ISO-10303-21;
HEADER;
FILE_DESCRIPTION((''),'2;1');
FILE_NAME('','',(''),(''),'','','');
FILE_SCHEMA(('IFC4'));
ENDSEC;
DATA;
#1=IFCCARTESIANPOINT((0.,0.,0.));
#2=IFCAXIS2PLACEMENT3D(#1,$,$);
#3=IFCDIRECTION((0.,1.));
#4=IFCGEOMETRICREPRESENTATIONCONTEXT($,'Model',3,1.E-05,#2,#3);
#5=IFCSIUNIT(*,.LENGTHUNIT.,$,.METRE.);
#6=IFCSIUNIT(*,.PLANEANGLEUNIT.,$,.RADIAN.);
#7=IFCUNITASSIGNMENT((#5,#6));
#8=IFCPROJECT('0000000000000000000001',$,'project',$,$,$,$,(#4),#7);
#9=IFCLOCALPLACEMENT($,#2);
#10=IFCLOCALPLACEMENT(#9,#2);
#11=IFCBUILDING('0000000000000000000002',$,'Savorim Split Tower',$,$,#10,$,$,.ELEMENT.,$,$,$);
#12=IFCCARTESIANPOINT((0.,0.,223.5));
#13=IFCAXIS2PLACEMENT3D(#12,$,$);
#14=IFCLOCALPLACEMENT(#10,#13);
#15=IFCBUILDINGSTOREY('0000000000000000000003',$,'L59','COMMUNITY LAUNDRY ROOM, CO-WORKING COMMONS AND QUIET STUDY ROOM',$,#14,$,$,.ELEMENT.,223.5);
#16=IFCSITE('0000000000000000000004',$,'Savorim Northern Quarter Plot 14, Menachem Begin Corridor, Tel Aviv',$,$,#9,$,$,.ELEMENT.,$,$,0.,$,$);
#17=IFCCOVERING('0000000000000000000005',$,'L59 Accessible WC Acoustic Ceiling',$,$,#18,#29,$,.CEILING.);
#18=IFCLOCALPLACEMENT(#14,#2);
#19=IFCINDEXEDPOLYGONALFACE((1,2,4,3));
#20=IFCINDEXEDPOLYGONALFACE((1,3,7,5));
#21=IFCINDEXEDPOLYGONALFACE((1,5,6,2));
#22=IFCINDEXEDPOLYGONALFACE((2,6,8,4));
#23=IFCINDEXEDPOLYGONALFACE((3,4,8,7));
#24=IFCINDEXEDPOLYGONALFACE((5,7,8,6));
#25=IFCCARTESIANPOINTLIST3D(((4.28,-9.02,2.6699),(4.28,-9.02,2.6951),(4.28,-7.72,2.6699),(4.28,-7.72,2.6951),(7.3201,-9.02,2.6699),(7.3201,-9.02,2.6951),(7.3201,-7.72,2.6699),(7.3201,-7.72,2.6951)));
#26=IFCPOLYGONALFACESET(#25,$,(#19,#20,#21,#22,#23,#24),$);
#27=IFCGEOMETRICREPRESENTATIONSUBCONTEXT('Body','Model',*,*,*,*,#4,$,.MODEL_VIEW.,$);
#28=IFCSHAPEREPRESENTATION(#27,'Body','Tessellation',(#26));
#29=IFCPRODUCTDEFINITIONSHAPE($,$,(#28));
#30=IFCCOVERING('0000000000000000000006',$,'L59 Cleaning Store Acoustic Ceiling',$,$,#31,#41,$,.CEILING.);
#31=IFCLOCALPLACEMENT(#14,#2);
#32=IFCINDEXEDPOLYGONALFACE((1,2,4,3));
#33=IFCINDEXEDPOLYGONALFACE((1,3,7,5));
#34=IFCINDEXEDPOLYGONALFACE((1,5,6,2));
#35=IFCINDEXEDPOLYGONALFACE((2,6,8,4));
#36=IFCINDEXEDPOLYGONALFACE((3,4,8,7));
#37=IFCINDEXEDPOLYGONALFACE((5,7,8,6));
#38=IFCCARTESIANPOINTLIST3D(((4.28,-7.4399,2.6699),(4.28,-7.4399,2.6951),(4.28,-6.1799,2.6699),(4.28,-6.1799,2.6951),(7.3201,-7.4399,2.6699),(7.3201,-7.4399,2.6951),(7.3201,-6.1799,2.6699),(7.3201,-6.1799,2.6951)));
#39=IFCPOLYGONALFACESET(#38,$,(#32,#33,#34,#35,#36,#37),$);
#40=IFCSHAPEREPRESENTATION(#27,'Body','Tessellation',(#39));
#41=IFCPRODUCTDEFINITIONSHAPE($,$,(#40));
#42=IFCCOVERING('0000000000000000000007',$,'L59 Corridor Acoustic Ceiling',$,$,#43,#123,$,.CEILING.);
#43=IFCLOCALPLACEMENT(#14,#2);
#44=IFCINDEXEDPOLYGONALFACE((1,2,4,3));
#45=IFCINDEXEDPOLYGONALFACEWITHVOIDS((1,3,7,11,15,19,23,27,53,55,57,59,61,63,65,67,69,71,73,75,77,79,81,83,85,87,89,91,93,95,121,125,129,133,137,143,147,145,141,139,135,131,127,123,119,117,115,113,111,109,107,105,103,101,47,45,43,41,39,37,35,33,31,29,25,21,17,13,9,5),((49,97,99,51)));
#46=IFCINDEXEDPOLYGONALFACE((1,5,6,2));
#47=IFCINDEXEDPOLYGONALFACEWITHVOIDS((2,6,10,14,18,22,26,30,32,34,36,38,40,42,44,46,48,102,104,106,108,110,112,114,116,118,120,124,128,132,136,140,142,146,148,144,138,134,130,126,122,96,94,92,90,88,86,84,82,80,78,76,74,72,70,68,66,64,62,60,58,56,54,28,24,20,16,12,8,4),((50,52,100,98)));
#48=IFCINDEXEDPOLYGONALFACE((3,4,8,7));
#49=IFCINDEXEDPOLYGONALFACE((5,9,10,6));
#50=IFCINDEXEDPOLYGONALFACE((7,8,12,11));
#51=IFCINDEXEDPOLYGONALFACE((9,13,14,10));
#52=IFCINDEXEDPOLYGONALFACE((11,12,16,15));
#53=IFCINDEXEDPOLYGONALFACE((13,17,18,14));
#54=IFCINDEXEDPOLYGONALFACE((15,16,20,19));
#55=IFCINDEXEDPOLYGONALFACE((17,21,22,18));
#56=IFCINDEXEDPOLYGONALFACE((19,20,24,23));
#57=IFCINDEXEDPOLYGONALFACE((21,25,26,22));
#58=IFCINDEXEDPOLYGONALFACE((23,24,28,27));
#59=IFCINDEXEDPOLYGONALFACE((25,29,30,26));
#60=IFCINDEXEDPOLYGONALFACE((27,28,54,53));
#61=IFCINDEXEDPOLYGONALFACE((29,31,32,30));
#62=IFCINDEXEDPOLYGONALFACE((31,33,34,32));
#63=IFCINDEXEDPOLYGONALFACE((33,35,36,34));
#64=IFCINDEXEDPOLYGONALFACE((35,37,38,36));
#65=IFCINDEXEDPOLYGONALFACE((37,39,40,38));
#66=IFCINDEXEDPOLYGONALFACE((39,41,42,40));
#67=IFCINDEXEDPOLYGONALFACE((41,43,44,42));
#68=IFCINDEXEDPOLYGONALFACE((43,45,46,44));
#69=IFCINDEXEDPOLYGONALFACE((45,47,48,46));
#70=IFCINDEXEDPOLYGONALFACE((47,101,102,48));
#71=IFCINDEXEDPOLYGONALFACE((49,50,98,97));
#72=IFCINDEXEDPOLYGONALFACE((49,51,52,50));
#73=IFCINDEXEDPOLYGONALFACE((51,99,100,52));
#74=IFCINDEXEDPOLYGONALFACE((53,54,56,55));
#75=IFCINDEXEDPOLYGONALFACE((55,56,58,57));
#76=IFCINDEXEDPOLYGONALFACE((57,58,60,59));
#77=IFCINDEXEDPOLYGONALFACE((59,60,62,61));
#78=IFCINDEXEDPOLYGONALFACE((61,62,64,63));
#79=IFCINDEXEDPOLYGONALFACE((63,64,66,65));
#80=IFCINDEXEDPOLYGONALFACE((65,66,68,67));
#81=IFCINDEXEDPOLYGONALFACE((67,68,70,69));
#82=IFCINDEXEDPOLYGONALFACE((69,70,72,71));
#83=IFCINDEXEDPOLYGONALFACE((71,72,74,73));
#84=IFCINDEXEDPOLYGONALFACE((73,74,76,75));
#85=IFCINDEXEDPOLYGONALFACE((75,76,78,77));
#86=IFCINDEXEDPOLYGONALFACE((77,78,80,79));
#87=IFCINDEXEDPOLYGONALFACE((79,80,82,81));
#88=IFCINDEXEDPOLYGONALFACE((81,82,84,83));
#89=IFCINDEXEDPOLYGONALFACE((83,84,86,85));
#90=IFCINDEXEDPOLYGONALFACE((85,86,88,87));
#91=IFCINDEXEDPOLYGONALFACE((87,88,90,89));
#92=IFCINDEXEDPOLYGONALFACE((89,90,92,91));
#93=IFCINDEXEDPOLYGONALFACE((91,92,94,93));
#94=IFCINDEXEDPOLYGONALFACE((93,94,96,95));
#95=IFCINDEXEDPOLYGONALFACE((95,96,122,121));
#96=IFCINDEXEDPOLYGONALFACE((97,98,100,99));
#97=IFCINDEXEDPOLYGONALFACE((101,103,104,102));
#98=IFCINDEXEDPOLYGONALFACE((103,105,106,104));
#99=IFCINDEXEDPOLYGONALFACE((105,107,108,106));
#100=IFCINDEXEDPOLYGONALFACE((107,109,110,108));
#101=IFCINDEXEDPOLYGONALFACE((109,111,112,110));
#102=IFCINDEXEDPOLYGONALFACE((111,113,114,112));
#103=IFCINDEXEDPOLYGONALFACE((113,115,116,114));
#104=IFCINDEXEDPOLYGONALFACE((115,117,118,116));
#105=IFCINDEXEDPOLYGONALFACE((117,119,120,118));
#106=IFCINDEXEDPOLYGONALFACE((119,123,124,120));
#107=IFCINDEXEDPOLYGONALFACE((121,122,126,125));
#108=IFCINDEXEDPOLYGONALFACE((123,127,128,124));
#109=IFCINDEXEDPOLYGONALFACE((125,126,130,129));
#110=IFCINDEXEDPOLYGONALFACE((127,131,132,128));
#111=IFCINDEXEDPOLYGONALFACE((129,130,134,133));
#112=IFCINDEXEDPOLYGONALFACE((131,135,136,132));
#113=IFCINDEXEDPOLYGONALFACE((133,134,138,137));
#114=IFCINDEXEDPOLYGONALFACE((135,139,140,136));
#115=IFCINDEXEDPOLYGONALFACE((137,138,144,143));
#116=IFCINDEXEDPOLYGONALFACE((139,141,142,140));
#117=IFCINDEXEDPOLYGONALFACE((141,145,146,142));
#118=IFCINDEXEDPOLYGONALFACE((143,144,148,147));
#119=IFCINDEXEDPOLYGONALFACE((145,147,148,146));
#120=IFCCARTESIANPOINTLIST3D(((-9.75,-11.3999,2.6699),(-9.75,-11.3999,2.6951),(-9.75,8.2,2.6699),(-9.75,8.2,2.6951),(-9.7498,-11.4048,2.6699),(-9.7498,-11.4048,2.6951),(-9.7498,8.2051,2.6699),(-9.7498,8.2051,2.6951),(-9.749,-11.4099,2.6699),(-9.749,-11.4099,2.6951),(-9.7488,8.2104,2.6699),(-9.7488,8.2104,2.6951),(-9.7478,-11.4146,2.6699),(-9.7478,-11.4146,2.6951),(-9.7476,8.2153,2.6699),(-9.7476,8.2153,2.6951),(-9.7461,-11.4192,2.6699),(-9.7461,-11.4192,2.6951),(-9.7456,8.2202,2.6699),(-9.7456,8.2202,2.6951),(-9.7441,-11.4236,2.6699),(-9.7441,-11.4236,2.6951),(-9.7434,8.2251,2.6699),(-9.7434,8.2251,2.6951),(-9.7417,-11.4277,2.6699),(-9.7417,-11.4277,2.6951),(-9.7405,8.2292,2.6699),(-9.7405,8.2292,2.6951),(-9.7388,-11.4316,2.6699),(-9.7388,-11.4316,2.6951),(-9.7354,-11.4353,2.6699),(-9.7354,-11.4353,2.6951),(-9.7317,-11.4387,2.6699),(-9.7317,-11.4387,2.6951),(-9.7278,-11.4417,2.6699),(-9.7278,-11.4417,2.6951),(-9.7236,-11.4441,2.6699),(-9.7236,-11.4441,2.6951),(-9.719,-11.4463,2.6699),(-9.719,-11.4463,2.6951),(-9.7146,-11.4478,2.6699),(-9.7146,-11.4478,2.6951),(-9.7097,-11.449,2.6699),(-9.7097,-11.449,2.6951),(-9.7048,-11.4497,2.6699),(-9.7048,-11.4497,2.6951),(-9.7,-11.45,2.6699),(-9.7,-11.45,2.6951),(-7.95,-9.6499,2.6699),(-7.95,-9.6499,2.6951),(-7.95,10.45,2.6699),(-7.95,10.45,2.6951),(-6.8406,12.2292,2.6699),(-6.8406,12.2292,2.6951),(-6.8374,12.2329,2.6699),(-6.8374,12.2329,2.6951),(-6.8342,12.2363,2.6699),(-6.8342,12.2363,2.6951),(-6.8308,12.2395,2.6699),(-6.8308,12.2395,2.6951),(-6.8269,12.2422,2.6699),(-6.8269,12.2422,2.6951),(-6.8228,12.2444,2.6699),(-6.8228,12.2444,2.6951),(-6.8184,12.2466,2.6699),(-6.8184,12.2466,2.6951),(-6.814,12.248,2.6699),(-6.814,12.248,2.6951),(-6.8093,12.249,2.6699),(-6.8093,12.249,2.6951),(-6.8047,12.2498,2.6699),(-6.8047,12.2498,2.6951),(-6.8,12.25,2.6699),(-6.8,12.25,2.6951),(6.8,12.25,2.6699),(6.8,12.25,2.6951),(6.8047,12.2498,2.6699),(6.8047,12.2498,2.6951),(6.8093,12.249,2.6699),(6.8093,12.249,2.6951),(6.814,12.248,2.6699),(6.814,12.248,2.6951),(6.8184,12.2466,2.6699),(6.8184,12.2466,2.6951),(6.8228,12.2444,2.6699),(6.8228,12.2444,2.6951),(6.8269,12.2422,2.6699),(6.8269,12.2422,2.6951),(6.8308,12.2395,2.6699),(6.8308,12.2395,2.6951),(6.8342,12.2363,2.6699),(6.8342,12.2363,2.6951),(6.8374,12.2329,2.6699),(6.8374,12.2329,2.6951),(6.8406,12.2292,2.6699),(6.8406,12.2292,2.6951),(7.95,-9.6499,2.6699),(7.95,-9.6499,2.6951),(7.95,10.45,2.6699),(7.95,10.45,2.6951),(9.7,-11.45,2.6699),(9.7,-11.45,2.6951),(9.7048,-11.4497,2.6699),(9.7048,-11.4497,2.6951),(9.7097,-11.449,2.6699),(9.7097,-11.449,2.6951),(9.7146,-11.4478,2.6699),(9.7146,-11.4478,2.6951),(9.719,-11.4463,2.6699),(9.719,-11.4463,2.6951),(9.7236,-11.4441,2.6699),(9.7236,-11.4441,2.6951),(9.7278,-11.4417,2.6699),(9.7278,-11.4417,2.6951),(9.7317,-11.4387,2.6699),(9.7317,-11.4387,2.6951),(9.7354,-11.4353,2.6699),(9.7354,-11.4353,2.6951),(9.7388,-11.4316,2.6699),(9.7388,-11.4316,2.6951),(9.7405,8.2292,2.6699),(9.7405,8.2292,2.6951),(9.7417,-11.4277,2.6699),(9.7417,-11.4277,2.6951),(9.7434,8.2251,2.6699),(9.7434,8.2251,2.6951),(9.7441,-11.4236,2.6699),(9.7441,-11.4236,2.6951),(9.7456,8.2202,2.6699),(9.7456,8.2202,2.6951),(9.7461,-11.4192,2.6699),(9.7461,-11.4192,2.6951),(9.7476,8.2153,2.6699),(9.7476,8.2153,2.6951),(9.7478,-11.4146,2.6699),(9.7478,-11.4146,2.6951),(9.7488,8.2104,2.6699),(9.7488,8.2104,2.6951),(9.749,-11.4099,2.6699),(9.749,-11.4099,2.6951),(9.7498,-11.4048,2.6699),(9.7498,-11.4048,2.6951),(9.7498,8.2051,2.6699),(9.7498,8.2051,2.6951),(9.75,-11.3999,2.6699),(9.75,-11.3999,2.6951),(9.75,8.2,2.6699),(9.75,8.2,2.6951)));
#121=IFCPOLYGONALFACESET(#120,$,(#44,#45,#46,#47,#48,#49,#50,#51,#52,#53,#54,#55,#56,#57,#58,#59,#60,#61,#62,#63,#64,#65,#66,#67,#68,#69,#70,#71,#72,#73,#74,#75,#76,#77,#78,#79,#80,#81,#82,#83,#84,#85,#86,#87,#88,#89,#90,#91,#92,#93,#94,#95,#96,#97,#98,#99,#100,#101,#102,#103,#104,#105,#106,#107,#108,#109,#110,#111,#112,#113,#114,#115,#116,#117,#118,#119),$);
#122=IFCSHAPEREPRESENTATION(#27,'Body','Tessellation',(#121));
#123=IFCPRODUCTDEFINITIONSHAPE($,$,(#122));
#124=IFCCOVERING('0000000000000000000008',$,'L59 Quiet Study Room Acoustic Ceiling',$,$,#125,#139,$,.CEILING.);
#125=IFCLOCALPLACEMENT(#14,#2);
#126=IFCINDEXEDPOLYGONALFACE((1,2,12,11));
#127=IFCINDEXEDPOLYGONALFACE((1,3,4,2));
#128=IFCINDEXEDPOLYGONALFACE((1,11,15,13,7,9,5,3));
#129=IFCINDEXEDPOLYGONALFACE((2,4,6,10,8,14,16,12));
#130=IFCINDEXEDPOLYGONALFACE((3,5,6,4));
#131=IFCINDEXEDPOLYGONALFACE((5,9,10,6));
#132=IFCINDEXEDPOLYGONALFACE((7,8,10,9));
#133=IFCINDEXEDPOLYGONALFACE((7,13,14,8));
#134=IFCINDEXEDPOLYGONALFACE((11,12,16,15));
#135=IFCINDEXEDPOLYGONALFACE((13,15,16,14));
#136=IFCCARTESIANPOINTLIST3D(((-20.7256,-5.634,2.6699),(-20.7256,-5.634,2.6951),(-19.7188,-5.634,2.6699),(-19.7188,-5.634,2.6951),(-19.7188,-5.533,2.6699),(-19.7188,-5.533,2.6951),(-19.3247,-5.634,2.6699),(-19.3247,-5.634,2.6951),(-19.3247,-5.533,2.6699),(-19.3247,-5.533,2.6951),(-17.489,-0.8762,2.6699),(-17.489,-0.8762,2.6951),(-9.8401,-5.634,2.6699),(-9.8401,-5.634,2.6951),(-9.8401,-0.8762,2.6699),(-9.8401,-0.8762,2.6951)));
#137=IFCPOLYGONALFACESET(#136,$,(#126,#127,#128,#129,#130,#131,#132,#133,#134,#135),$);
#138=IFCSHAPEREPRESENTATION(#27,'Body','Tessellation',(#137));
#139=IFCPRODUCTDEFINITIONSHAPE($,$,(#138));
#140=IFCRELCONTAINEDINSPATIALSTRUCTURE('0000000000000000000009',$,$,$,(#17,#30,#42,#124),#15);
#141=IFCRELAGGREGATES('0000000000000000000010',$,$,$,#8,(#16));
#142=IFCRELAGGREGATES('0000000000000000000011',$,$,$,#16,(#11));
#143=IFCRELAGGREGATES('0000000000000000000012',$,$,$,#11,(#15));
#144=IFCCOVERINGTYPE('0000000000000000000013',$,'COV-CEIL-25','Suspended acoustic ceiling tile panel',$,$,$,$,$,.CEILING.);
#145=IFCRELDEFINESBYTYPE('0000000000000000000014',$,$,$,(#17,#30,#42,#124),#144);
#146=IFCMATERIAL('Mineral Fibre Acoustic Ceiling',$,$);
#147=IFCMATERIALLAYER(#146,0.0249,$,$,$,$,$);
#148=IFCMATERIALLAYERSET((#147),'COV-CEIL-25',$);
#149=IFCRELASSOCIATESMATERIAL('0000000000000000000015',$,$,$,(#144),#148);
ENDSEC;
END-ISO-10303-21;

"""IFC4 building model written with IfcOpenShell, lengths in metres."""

from ifc_helpers import new_model, si_unit, direction, frame, origin, place, context, subcontext, project, spatial, polyline, outline, extrude, material, layer, layer_set, type_object, element, save


model = new_model("IFC4")

# Units and contexts
model_context = context("Model", 3, precision=1e-05, world=origin(), true_north=direction((0.0, 1.0)))
body_context = subcontext(model_context, "Body", "Model", "MODEL_VIEW")
ifc_project = project(units=[si_unit("LENGTHUNIT", "METRE"), si_unit("PLANEANGLEUNIT", "RADIAN")], contexts=[model_context])

# Site, building, storey
site_placement = place(None, origin())
site = spatial("IfcSite", under=ifc_project, at=site_placement, Name="Savorim Northern Quarter Plot 14, Menachem Begin Corridor, Tel Aviv", CompositionType="ELEMENT", RefElevation=0.0)
building_placement = place(site_placement, origin())
building = spatial("IfcBuilding", under=site, at=building_placement, Name="Savorim Split Tower", CompositionType="ELEMENT")
storey_placement = place(building_placement, frame((0.0, 0.0, 223.5)))
storey = spatial("IfcBuildingStorey", under=building, at=storey_placement, Name="L59", Description="COMMUNITY LAUNDRY ROOM, CO-WORKING COMMONS AND QUIET STUDY ROOM", CompositionType="ELEMENT", Elevation=223.5)

# Coverings
ifc_material_1 = material(Name="Mineral Fibre Acoustic Ceiling")
ifc_layer_1 = layer(ifc_material_1, 0.0249)
ifc_layer_set_1 = layer_set([ifc_layer_1], Name="COV-CEIL-25")
covering_type_1 = type_object("IfcCoveringType", Name="COV-CEIL-25", Description="Suspended acoustic ceiling tile panel", PredefinedType="CEILING", material=ifc_layer_set_1)
covering_1_placement = place(storey_placement, frame((0.0, 0.0, 2.6699)))
element("IfcCovering", 1, at=covering_1_placement, inside=storey, type_object=covering_type_1, Name="L59 Accessible WC Acoustic Ceiling", PredefinedType="CEILING", context=body_context, shape_type="SweptSolid", body=[
    extrude(outline(polyline([(4.28, -7.72), (4.28, -9.02), (7.3201, -9.02), (7.3201, -7.72), (4.28, -7.72)])), origin(), (0.0, 0.0, 1.0), 0.0251),
])
covering_2_placement = place(storey_placement, frame((0.0, 0.0, 2.6699)))
element("IfcCovering", 2, at=covering_2_placement, inside=storey, type_object=covering_type_1, Name="L59 Cleaning Store Acoustic Ceiling", PredefinedType="CEILING", context=body_context, shape_type="SweptSolid", body=[
    extrude(outline(polyline([(4.28, -6.1799), (4.28, -7.4399), (7.3201, -7.4399), (7.3201, -6.1799), (4.28, -6.1799)])), origin(), (0.0, 0.0, 1.0), 0.0251),
])
covering_3_placement = place(storey_placement, frame((0.0, 0.0, 2.6699)))
element("IfcCovering", 3, at=covering_3_placement, inside=storey, type_object=covering_type_1, Name="L59 Corridor Acoustic Ceiling", PredefinedType="CEILING", context=body_context, shape_type="SweptSolid", body=[
    extrude(outline(polyline([(6.8093, 12.249), (6.8047, 12.2498), (6.8, 12.25), (-6.8, 12.25), (-6.8047, 12.2498), (-6.8093, 12.249), (-6.814, 12.248), (-6.8184, 12.2466), (-6.8228, 12.2444), (-6.8269, 12.2422), (-6.8308, 12.2395), (-6.8342, 12.2363), (-6.8374, 12.2329), (-6.8406, 12.2292), (-9.7405, 8.2292), (-9.7434, 8.2251), (-9.7456, 8.2202), (-9.7476, 8.2153), (-9.7488, 8.2104), (-9.7498, 8.2051), (-9.75, 8.2), (-9.75, -11.3999), (-9.7498, -11.4048), (-9.749, -11.4099), (-9.7478, -11.4146), (-9.7461, -11.4192), (-9.7441, -11.4236), (-9.7417, -11.4277), (-9.7388, -11.4316), (-9.7354, -11.4353), (-9.7317, -11.4387), (-9.7278, -11.4417), (-9.7236, -11.4441), (-9.719, -11.4463), (-9.7146, -11.4478), (-9.7097, -11.449), (-9.7048, -11.4497), (-9.7, -11.45), (9.7, -11.45), (9.7048, -11.4497), (9.7097, -11.449), (9.7146, -11.4478), (9.719, -11.4463), (9.7236, -11.4441), (9.7278, -11.4417), (9.7317, -11.4387), (9.7354, -11.4353), (9.7388, -11.4316), (9.7417, -11.4277), (9.7441, -11.4236), (9.7461, -11.4192), (9.7478, -11.4146), (9.749, -11.4099), (9.7498, -11.4048), (9.75, -11.3999), (9.75, 8.2), (9.7498, 8.2051), (9.7488, 8.2104), (9.7476, 8.2153), (9.7456, 8.2202), (9.7434, 8.2251), (9.7405, 8.2292), (6.8406, 12.2292), (6.8374, 12.2329), (6.8342, 12.2363), (6.8308, 12.2395), (6.8269, 12.2422), (6.8228, 12.2444), (6.8184, 12.2466), (6.814, 12.248), (6.8093, 12.249)]), holes=[polyline([(-7.95, 10.45), (-7.95, -9.6499), (7.95, -9.6499), (7.95, 10.45), (-7.95, 10.45)])]), origin(), (0.0, 0.0, 1.0), 0.0251),
])
covering_4_placement = place(storey_placement, frame((0.0, 0.0, 2.6699)))
element("IfcCovering", 4, at=covering_4_placement, inside=storey, type_object=covering_type_1, Name="L59 Quiet Study Room Acoustic Ceiling", PredefinedType="CEILING", context=body_context, shape_type="SweptSolid", body=[
    extrude(outline(polyline([(-19.3247, -5.533), (-19.3247, -5.634), (-9.8401, -5.634), (-9.8401, -0.8762), (-17.489, -0.8762), (-20.7256, -5.634), (-19.7188, -5.634), (-19.7188, -5.533), (-19.3247, -5.533)])), origin(), (0.0, 0.0, 1.0), 0.0251),
])

save(model, "model.ifc")
